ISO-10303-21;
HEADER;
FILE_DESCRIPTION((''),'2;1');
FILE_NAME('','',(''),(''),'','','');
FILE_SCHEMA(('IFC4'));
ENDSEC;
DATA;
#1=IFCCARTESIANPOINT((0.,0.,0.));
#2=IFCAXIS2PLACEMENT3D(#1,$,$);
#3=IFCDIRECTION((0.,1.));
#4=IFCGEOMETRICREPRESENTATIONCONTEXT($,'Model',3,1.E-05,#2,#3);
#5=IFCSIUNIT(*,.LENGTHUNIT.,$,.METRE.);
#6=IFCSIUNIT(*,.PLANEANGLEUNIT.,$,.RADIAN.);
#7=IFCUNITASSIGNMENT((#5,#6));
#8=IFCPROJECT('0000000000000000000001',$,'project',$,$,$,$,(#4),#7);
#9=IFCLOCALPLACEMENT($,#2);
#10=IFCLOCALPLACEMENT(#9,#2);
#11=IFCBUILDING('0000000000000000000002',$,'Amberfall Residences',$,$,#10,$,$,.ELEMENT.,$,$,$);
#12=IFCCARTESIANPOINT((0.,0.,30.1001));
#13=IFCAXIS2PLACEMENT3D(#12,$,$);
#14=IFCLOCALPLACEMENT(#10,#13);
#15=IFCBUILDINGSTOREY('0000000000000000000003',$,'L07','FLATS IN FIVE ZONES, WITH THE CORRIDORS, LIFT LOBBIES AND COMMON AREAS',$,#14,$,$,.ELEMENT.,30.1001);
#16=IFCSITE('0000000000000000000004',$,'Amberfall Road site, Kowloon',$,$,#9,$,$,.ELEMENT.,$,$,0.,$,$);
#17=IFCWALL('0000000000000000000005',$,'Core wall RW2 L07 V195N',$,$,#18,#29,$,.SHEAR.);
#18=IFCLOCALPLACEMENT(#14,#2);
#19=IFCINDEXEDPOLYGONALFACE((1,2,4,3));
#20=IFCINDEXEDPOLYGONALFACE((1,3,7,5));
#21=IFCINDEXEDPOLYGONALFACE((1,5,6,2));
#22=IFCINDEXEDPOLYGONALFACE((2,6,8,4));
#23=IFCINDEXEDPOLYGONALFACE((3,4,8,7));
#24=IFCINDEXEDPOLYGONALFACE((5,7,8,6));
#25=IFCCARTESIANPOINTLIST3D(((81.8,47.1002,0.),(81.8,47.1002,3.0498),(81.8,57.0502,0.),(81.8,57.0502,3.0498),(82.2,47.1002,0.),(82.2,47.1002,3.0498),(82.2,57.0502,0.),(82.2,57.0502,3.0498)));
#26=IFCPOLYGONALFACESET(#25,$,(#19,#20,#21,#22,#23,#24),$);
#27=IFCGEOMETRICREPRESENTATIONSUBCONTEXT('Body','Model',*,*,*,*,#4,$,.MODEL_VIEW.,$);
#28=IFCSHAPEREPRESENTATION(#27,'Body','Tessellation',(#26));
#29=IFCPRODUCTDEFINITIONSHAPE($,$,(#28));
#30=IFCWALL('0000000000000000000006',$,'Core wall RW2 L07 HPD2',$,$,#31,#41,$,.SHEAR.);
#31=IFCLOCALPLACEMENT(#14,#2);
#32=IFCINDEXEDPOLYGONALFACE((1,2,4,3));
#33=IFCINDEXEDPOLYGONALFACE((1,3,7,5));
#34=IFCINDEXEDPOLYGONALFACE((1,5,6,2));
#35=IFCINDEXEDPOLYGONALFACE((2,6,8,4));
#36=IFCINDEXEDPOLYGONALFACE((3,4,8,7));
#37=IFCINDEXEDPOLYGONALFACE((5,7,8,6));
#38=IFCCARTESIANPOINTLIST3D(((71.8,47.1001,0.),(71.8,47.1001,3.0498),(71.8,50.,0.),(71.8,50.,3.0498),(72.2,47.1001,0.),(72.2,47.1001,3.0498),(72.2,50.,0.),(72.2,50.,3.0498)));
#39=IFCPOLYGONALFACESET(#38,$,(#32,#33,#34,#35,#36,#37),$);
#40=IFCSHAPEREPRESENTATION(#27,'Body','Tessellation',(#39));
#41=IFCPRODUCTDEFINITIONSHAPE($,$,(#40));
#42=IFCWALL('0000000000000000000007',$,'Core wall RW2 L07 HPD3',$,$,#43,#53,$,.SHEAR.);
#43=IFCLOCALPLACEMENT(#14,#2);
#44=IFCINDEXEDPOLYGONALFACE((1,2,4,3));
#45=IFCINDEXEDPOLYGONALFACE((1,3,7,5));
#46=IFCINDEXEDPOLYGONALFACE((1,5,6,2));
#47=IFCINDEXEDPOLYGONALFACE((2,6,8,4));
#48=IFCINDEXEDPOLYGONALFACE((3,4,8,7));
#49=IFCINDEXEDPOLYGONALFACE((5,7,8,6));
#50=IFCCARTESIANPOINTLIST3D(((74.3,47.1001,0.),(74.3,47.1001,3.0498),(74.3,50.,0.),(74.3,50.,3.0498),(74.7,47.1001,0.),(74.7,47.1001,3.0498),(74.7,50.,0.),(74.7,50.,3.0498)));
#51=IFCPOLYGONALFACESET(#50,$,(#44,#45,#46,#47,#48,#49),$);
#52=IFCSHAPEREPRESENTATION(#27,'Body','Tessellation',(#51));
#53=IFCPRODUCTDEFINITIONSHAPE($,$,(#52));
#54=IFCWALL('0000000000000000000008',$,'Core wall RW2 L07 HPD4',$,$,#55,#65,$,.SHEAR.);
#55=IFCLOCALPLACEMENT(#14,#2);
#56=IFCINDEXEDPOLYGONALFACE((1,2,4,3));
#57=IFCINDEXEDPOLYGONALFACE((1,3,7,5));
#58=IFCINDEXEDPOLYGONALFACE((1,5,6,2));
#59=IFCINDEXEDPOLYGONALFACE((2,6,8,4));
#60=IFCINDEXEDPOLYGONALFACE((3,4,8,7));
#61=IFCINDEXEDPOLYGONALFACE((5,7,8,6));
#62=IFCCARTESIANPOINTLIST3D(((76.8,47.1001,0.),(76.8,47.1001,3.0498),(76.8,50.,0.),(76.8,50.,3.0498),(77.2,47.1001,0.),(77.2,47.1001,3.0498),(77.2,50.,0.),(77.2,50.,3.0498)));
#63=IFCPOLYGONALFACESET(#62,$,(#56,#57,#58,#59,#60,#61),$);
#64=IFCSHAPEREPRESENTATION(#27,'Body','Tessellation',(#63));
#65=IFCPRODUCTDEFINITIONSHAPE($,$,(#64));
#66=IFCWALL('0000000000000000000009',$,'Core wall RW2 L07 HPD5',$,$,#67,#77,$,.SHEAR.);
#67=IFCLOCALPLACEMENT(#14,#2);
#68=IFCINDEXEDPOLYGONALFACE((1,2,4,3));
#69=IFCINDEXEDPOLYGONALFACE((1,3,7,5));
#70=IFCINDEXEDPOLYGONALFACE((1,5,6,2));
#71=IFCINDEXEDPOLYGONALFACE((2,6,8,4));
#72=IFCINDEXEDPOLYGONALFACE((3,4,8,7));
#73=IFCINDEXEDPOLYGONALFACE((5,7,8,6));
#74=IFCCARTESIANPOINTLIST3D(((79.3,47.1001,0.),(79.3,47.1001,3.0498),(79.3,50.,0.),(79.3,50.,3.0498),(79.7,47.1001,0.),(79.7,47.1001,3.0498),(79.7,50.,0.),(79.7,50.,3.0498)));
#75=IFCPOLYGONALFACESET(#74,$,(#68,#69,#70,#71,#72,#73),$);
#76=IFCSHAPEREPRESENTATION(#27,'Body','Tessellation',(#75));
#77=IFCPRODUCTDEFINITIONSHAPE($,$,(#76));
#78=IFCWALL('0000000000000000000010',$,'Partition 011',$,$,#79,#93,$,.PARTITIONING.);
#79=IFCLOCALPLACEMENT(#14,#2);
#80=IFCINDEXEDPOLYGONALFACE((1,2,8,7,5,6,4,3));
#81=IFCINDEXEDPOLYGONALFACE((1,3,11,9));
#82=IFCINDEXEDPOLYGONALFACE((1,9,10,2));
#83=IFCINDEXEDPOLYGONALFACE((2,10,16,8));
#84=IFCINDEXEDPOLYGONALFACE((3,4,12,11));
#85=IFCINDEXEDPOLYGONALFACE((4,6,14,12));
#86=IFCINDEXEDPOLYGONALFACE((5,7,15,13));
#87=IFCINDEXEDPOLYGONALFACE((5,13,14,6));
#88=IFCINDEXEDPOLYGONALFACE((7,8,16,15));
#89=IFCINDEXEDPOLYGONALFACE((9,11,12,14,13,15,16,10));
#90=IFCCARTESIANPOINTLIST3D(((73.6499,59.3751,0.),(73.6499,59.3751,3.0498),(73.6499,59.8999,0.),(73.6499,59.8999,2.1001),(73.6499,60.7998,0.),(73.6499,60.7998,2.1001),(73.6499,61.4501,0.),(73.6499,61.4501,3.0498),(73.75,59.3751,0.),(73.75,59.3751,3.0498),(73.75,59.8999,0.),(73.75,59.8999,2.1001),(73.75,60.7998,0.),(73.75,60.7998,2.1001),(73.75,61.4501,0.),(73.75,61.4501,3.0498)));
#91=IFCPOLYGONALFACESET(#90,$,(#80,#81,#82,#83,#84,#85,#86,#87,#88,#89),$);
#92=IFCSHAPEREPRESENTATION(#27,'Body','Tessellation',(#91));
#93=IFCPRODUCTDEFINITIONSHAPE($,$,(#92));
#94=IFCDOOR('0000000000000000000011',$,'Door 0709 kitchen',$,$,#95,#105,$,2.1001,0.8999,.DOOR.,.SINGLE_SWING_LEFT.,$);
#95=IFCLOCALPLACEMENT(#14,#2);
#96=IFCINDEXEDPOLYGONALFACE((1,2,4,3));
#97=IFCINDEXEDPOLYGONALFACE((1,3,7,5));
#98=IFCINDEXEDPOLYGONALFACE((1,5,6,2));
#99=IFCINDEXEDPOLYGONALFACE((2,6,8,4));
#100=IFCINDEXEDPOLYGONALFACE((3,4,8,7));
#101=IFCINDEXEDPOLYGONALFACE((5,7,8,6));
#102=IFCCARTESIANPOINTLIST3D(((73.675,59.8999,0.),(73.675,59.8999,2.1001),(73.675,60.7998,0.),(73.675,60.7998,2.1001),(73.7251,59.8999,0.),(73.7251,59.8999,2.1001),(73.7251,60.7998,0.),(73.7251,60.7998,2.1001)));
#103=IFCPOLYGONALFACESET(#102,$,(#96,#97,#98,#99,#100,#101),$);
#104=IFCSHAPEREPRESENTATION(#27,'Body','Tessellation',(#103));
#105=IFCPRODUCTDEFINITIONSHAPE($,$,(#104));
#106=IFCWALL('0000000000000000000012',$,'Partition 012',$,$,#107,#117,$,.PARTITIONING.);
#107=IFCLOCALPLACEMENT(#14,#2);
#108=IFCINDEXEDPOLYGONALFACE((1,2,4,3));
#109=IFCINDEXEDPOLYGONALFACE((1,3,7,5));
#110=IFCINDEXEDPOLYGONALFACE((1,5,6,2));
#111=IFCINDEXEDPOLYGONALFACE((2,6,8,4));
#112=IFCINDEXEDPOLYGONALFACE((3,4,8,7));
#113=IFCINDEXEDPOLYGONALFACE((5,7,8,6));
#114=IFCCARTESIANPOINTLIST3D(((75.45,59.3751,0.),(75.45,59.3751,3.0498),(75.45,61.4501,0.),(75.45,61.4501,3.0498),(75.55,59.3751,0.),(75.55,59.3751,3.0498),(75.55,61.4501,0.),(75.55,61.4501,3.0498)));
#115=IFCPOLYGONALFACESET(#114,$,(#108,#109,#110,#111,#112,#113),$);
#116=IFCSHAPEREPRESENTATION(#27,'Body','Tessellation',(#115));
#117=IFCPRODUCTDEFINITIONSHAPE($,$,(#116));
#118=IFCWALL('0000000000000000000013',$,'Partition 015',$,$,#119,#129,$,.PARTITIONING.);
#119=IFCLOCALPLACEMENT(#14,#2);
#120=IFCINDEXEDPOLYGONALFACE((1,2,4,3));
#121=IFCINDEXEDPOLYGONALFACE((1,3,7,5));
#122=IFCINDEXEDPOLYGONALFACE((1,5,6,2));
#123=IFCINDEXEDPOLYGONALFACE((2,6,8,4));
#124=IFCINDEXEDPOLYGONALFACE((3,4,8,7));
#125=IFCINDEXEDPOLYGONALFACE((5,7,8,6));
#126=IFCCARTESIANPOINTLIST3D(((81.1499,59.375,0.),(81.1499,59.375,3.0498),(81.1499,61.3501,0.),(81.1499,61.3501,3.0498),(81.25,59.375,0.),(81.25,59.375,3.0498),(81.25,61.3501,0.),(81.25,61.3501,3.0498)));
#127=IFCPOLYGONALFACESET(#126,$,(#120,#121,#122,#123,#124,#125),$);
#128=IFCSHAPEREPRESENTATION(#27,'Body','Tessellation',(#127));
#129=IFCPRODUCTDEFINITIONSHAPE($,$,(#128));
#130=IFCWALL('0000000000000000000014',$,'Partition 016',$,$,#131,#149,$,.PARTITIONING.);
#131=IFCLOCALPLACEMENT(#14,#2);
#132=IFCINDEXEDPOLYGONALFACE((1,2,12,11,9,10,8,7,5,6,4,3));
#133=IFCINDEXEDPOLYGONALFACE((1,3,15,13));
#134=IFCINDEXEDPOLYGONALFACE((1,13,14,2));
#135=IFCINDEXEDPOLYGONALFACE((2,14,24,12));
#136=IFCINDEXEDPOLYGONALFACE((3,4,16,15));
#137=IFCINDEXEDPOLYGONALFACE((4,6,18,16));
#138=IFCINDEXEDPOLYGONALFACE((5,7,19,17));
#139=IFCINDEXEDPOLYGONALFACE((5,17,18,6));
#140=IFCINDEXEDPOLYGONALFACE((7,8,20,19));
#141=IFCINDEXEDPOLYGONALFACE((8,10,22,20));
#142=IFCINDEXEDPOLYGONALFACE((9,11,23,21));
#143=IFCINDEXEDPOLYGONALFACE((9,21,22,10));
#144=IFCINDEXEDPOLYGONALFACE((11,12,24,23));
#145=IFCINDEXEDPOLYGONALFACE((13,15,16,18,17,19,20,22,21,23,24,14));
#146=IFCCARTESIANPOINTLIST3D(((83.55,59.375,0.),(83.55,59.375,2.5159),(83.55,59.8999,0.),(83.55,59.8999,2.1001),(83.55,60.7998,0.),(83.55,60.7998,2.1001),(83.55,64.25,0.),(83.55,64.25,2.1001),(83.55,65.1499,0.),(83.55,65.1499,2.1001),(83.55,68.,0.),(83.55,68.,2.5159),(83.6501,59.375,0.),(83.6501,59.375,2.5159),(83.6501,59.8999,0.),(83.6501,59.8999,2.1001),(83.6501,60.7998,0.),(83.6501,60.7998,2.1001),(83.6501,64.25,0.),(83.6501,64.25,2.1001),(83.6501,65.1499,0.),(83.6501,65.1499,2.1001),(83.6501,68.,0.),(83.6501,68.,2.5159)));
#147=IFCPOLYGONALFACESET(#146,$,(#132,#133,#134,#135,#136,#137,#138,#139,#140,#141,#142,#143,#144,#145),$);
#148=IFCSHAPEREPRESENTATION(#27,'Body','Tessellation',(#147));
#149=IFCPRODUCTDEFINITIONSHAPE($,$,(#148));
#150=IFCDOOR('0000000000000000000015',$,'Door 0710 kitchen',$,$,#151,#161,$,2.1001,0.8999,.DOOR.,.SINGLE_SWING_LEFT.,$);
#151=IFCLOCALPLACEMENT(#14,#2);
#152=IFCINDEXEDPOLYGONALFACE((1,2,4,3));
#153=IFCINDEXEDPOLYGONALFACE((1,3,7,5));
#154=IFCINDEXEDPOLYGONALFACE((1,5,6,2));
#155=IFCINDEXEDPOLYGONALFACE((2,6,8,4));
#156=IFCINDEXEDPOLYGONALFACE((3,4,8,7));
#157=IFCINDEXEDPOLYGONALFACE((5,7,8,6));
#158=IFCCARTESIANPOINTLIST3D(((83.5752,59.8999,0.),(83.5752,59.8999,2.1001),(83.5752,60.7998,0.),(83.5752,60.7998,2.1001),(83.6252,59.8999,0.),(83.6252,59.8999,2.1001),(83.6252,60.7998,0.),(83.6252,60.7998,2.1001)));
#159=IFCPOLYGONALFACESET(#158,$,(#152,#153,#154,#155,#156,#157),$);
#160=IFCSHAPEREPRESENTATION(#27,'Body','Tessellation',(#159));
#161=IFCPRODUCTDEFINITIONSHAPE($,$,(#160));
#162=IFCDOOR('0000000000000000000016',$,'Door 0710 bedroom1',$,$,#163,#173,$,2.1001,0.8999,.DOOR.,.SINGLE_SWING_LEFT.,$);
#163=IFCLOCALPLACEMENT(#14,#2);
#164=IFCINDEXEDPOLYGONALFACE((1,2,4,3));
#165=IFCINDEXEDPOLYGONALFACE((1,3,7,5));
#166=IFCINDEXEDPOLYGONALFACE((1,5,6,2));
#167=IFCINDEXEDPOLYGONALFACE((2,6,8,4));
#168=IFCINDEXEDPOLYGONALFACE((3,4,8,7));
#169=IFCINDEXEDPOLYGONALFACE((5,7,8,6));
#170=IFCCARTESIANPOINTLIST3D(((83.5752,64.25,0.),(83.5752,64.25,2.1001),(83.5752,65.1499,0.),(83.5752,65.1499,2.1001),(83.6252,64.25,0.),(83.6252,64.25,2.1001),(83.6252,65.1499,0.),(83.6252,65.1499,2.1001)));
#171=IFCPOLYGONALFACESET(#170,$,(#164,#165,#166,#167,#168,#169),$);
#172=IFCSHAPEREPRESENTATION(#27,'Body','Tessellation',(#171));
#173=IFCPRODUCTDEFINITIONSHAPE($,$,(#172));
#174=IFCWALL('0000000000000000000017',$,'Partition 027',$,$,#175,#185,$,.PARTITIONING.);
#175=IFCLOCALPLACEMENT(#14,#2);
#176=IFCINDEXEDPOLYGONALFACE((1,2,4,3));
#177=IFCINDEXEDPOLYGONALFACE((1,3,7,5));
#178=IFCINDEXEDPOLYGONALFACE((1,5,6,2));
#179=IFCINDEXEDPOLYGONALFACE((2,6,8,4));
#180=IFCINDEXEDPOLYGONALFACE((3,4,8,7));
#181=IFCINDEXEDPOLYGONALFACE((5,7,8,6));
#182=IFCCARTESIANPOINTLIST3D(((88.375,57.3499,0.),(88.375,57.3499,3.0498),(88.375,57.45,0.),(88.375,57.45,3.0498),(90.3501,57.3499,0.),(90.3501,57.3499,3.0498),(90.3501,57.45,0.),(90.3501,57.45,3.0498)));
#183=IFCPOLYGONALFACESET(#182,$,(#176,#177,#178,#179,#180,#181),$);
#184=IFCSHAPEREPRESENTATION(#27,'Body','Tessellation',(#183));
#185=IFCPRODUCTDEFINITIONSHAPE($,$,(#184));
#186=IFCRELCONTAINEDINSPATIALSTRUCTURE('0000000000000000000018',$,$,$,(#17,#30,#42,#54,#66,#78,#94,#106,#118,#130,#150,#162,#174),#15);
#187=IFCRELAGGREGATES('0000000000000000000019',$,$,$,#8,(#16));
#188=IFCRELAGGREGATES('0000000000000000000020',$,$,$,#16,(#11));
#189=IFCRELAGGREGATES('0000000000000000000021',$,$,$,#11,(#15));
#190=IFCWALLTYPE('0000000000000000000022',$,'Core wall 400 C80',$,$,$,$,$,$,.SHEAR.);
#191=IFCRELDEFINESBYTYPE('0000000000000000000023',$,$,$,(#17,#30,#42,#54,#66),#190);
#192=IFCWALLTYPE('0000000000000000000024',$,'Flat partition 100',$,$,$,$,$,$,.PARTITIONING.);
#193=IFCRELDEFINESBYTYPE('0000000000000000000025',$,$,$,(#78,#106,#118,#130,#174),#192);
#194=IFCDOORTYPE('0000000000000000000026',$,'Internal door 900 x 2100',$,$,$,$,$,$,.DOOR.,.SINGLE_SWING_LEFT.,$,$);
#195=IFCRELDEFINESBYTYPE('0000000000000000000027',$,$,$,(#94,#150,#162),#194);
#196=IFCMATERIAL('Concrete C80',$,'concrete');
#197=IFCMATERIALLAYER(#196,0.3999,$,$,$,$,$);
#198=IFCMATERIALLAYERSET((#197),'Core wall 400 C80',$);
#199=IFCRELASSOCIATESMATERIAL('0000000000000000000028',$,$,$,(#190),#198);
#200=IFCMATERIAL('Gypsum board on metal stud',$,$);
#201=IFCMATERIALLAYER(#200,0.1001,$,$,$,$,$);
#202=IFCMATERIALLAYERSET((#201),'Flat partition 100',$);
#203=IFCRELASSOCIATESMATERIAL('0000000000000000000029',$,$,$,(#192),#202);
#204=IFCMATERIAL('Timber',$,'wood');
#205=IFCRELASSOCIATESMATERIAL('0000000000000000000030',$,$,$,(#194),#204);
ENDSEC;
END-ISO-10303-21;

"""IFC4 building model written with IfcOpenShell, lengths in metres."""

from ifc_helpers import new_model, si_unit, direction, frame, frame_2d, origin, place, context, subcontext, project, spatial, rectangle, extrude, material, layer, layer_set, type_object, element, fill, save


model = new_model("IFC4")

# Units and contexts
model_context = context("Model", 3, precision=1e-05, world=origin(), true_north=direction((0.0, 1.0)))
body_context = subcontext(model_context, "Body", "Model", "MODEL_VIEW")
ifc_project = project(units=[si_unit("LENGTHUNIT", "METRE"), si_unit("PLANEANGLEUNIT", "RADIAN")], contexts=[model_context])

# Site, building, storey
site_placement = place(None, origin())
site = spatial("IfcSite", under=ifc_project, at=site_placement, Name="Amberfall Road site, Kowloon", CompositionType="ELEMENT", RefElevation=0.0)
building_placement = place(site_placement, origin())
building = spatial("IfcBuilding", under=site, at=building_placement, Name="Amberfall Residences", CompositionType="ELEMENT")
storey_placement = place(building_placement, frame((0.0, 0.0, 30.1001)))
storey = spatial("IfcBuildingStorey", under=building, at=storey_placement, Name="L07", Description="FLATS IN FIVE ZONES, WITH THE CORRIDORS, LIFT LOBBIES AND COMMON AREAS", CompositionType="ELEMENT", Elevation=30.1001)

# Walls
ifc_material_1 = material(Name="Concrete C80", Category="concrete")
ifc_layer_1 = layer(ifc_material_1, 0.3999)
ifc_layer_set_1 = layer_set([ifc_layer_1], Name="Core wall 400 C80")
wall_type_1 = type_object("IfcWallType", Name="Core wall 400 C80", PredefinedType="SHEAR", material=ifc_layer_set_1)
wall_1_placement = place(storey_placement, frame((82.0, 47.1001, 0.0), z_axis=(0.0, 0.0, 1.0), x_axis=(0.0, 1.0, 0.0)))
element("IfcWall", 1, at=wall_1_placement, inside=storey, type_object=wall_type_1, Name="Core wall RW2 L07 V195N", PredefinedType="SHEAR", context=body_context, shape_type="SweptSolid", body=[
    extrude(rectangle(XDim=9.95, YDim=0.3999, at=frame_2d((4.9751, 0.0))), origin(), (0.0, 0.0, 1.0), 3.0498),
])
for number, where, z_axis, x_axis, name in (
    (2, (72.0, 47.1001, 0.0), (0.0, 0.0, 1.0), (0.0, 1.0, 0.0), "Core wall RW2 L07 HPD2"),
    (3, (74.5, 47.1001, 0.0), (0.0, 0.0, 1.0), (0.0, 1.0, 0.0), "Core wall RW2 L07 HPD3"),
    (4, (77.0, 47.1001, 0.0), (0.0, 0.0, 1.0), (0.0, 1.0, 0.0), "Core wall RW2 L07 HPD4"),
    (5, (79.5, 47.1001, 0.0), (0.0, 0.0, 1.0), (0.0, 1.0, 0.0), "Core wall RW2 L07 HPD5"),
):
    element("IfcWall", number, at=place(storey_placement, frame(where, z_axis=z_axis, x_axis=x_axis)), inside=storey, type_object=wall_type_1, Name=name, PredefinedType="SHEAR", context=body_context, shape_type="SweptSolid", body=[
        extrude(rectangle(XDim=2.8999, YDim=0.3999, at=frame_2d((1.45, 0.0))), origin(), (0.0, 0.0, 1.0), 3.0498),
    ])

# Wall, opening, door
ifc_material_2 = material(Name="Gypsum board on metal stud")
ifc_layer_2 = layer(ifc_material_2, 0.1001)
ifc_layer_set_2 = layer_set([ifc_layer_2], Name="Flat partition 100")
wall_type_2 = type_object("IfcWallType", Name="Flat partition 100", PredefinedType="PARTITIONING", material=ifc_layer_set_2)
wall_2_placement = place(storey_placement, frame((73.7, 59.375, 0.0), z_axis=(0.0, 0.0, 1.0), x_axis=(0.0, 1.0, 0.0)))
wall_2 = element("IfcWall", 6, at=wall_2_placement, inside=storey, type_object=wall_type_2, Name="Partition 011", PredefinedType="PARTITIONING", context=body_context, shape_type="SweptSolid", body=[
    extrude(rectangle(XDim=2.075, YDim=0.1001, at=frame_2d((1.0376, 0.0))), origin(), (0.0, 0.0, 1.0), 3.0498),
])
opening_1_placement = place(wall_2_placement, frame((0.5249, 0.0, 0.0)))
opening_1 = element("IfcOpeningElement", 7, at=opening_1_placement, cuts=wall_2, PredefinedType="OPENING", context=body_context, shape_type="SweptSolid", body=[
    extrude(rectangle(XDim=0.8999, YDim=2.1001, at=frame_2d((0.45, 1.05))), frame((0.0, 0.0601, 0.0), z_axis=(0.0, -1.0, 0.0), x_axis=(1.0, 0.0, 0.0)), (0.0, 0.0, 1.0), 0.1201),
])
ifc_material_3 = material(Name="Timber", Category="wood")
door_type_1 = type_object("IfcDoorType", Name="Internal door 900 x 2100", OperationType="SINGLE_SWING_LEFT", PredefinedType="DOOR", material=ifc_material_3)
door_1_placement = place(opening_1_placement, origin())
door_1 = element("IfcDoor", 8, at=door_1_placement, inside=storey, type_object=door_type_1, Name="Door 0709 kitchen", OperationType="SINGLE_SWING_LEFT", OverallHeight=2.1001, OverallWidth=0.8999, PredefinedType="DOOR", context=body_context, shape_type="SweptSolid", body=[
    extrude(rectangle(XDim=0.8999, YDim=2.1001, at=frame_2d((0.45, 1.05))), frame((0.0, 0.0249, 0.0), z_axis=(0.0, -1.0, 0.0), x_axis=(1.0, 0.0, 0.0)), (0.0, 0.0, 1.0), 0.05),
])
fill(opening_1, door_1)

# Walls
wall_3_placement = place(storey_placement, frame((75.5, 59.375, 0.0), z_axis=(0.0, 0.0, 1.0), x_axis=(0.0, 1.0, 0.0)))
element("IfcWall", 9, at=wall_3_placement, inside=storey, type_object=wall_type_2, Name="Partition 012", PredefinedType="PARTITIONING", context=body_context, shape_type="SweptSolid", body=[
    extrude(rectangle(XDim=2.075, YDim=0.1001, at=frame_2d((1.0376, 0.0))), origin(), (0.0, 0.0, 1.0), 3.0498),
])
wall_4_placement = place(storey_placement, frame((81.2, 59.375, 0.0), z_axis=(0.0, 0.0, 1.0), x_axis=(0.0, 1.0, 0.0)))
element("IfcWall", 10, at=wall_4_placement, inside=storey, type_object=wall_type_2, Name="Partition 015", PredefinedType="PARTITIONING", context=body_context, shape_type="SweptSolid", body=[
    extrude(rectangle(XDim=1.9751, YDim=0.1001, at=frame_2d((0.9875, 0.0))), origin(), (0.0, 0.0, 1.0), 3.0498),
])

# Wall, openings, doors
wall_5_placement = place(storey_placement, frame((83.6001, 59.375, 0.0), z_axis=(0.0, 0.0, 1.0), x_axis=(0.0, 1.0, 0.0)))
wall_5 = element("IfcWall", 11, at=wall_5_placement, inside=storey, type_object=wall_type_2, Name="Partition 016", PredefinedType="PARTITIONING", context=body_context, shape_type="SweptSolid", body=[
    extrude(rectangle(XDim=8.625, YDim=0.1001, at=frame_2d((4.3125, 0.0))), origin(), (0.0, 0.0, 1.0), 2.5159),
])
opening_2_placement = place(wall_5_placement, frame((0.5249, 0.0, 0.0)))
opening_2 = element("IfcOpeningElement", 12, at=opening_2_placement, cuts=wall_5, PredefinedType="OPENING", context=body_context, shape_type="SweptSolid", body=[
    extrude(rectangle(XDim=0.8999, YDim=2.1001, at=frame_2d((0.45, 1.05))), frame((0.0, 0.0601, 0.0), z_axis=(0.0, -1.0, 0.0), x_axis=(1.0, 0.0, 0.0)), (0.0, 0.0, 1.0), 0.1201),
])
opening_3_placement = place(wall_5_placement, frame((4.875, 0.0, 0.0)))
opening_3 = element("IfcOpeningElement", 13, at=opening_3_placement, cuts=wall_5, PredefinedType="OPENING", context=body_context, shape_type="SweptSolid", body=[
    extrude(rectangle(XDim=0.8999, YDim=2.1001, at=frame_2d((0.45, 1.05))), frame((0.0, 0.0601, 0.0), z_axis=(0.0, -1.0, 0.0), x_axis=(1.0, 0.0, 0.0)), (0.0, 0.0, 1.0), 0.1201),
])
door_2_placement = place(opening_2_placement, origin())
door_2 = element("IfcDoor", 14, at=door_2_placement, inside=storey, type_object=door_type_1, Name="Door 0710 kitchen", OperationType="SINGLE_SWING_LEFT", OverallHeight=2.1001, OverallWidth=0.8999, PredefinedType="DOOR", context=body_context, shape_type="SweptSolid", body=[
    extrude(rectangle(XDim=0.8999, YDim=2.1001, at=frame_2d((0.45, 1.05))), frame((0.0, 0.0249, 0.0), z_axis=(0.0, -1.0, 0.0), x_axis=(1.0, 0.0, 0.0)), (0.0, 0.0, 1.0), 0.05),
])
fill(opening_2, door_2)
door_3_placement = place(opening_3_placement, origin())
door_3 = element("IfcDoor", 15, at=door_3_placement, inside=storey, type_object=door_type_1, Name="Door 0710 bedroom1", OperationType="SINGLE_SWING_LEFT", OverallHeight=2.1001, OverallWidth=0.8999, PredefinedType="DOOR", context=body_context, shape_type="SweptSolid", body=[
    extrude(rectangle(XDim=0.8999, YDim=2.1001, at=frame_2d((0.45, 1.05))), frame((0.0, 0.0249, 0.0), z_axis=(0.0, -1.0, 0.0), x_axis=(1.0, 0.0, 0.0)), (0.0, 0.0, 1.0), 0.05),
])
fill(opening_3, door_3)

# Wall
wall_6_placement = place(storey_placement, frame((88.375, 57.3999, 0.0), z_axis=(0.0, 0.0, 1.0), x_axis=(1.0, 0.0, 0.0)))
element("IfcWall", 16, at=wall_6_placement, inside=storey, type_object=wall_type_2, Name="Partition 027", PredefinedType="PARTITIONING", context=body_context, shape_type="SweptSolid", body=[
    extrude(rectangle(XDim=1.9751, YDim=0.1001, at=frame_2d((0.9875, 0.0))), origin(), (0.0, 0.0, 1.0), 3.0498),
])

save(model, "model.ifc")
